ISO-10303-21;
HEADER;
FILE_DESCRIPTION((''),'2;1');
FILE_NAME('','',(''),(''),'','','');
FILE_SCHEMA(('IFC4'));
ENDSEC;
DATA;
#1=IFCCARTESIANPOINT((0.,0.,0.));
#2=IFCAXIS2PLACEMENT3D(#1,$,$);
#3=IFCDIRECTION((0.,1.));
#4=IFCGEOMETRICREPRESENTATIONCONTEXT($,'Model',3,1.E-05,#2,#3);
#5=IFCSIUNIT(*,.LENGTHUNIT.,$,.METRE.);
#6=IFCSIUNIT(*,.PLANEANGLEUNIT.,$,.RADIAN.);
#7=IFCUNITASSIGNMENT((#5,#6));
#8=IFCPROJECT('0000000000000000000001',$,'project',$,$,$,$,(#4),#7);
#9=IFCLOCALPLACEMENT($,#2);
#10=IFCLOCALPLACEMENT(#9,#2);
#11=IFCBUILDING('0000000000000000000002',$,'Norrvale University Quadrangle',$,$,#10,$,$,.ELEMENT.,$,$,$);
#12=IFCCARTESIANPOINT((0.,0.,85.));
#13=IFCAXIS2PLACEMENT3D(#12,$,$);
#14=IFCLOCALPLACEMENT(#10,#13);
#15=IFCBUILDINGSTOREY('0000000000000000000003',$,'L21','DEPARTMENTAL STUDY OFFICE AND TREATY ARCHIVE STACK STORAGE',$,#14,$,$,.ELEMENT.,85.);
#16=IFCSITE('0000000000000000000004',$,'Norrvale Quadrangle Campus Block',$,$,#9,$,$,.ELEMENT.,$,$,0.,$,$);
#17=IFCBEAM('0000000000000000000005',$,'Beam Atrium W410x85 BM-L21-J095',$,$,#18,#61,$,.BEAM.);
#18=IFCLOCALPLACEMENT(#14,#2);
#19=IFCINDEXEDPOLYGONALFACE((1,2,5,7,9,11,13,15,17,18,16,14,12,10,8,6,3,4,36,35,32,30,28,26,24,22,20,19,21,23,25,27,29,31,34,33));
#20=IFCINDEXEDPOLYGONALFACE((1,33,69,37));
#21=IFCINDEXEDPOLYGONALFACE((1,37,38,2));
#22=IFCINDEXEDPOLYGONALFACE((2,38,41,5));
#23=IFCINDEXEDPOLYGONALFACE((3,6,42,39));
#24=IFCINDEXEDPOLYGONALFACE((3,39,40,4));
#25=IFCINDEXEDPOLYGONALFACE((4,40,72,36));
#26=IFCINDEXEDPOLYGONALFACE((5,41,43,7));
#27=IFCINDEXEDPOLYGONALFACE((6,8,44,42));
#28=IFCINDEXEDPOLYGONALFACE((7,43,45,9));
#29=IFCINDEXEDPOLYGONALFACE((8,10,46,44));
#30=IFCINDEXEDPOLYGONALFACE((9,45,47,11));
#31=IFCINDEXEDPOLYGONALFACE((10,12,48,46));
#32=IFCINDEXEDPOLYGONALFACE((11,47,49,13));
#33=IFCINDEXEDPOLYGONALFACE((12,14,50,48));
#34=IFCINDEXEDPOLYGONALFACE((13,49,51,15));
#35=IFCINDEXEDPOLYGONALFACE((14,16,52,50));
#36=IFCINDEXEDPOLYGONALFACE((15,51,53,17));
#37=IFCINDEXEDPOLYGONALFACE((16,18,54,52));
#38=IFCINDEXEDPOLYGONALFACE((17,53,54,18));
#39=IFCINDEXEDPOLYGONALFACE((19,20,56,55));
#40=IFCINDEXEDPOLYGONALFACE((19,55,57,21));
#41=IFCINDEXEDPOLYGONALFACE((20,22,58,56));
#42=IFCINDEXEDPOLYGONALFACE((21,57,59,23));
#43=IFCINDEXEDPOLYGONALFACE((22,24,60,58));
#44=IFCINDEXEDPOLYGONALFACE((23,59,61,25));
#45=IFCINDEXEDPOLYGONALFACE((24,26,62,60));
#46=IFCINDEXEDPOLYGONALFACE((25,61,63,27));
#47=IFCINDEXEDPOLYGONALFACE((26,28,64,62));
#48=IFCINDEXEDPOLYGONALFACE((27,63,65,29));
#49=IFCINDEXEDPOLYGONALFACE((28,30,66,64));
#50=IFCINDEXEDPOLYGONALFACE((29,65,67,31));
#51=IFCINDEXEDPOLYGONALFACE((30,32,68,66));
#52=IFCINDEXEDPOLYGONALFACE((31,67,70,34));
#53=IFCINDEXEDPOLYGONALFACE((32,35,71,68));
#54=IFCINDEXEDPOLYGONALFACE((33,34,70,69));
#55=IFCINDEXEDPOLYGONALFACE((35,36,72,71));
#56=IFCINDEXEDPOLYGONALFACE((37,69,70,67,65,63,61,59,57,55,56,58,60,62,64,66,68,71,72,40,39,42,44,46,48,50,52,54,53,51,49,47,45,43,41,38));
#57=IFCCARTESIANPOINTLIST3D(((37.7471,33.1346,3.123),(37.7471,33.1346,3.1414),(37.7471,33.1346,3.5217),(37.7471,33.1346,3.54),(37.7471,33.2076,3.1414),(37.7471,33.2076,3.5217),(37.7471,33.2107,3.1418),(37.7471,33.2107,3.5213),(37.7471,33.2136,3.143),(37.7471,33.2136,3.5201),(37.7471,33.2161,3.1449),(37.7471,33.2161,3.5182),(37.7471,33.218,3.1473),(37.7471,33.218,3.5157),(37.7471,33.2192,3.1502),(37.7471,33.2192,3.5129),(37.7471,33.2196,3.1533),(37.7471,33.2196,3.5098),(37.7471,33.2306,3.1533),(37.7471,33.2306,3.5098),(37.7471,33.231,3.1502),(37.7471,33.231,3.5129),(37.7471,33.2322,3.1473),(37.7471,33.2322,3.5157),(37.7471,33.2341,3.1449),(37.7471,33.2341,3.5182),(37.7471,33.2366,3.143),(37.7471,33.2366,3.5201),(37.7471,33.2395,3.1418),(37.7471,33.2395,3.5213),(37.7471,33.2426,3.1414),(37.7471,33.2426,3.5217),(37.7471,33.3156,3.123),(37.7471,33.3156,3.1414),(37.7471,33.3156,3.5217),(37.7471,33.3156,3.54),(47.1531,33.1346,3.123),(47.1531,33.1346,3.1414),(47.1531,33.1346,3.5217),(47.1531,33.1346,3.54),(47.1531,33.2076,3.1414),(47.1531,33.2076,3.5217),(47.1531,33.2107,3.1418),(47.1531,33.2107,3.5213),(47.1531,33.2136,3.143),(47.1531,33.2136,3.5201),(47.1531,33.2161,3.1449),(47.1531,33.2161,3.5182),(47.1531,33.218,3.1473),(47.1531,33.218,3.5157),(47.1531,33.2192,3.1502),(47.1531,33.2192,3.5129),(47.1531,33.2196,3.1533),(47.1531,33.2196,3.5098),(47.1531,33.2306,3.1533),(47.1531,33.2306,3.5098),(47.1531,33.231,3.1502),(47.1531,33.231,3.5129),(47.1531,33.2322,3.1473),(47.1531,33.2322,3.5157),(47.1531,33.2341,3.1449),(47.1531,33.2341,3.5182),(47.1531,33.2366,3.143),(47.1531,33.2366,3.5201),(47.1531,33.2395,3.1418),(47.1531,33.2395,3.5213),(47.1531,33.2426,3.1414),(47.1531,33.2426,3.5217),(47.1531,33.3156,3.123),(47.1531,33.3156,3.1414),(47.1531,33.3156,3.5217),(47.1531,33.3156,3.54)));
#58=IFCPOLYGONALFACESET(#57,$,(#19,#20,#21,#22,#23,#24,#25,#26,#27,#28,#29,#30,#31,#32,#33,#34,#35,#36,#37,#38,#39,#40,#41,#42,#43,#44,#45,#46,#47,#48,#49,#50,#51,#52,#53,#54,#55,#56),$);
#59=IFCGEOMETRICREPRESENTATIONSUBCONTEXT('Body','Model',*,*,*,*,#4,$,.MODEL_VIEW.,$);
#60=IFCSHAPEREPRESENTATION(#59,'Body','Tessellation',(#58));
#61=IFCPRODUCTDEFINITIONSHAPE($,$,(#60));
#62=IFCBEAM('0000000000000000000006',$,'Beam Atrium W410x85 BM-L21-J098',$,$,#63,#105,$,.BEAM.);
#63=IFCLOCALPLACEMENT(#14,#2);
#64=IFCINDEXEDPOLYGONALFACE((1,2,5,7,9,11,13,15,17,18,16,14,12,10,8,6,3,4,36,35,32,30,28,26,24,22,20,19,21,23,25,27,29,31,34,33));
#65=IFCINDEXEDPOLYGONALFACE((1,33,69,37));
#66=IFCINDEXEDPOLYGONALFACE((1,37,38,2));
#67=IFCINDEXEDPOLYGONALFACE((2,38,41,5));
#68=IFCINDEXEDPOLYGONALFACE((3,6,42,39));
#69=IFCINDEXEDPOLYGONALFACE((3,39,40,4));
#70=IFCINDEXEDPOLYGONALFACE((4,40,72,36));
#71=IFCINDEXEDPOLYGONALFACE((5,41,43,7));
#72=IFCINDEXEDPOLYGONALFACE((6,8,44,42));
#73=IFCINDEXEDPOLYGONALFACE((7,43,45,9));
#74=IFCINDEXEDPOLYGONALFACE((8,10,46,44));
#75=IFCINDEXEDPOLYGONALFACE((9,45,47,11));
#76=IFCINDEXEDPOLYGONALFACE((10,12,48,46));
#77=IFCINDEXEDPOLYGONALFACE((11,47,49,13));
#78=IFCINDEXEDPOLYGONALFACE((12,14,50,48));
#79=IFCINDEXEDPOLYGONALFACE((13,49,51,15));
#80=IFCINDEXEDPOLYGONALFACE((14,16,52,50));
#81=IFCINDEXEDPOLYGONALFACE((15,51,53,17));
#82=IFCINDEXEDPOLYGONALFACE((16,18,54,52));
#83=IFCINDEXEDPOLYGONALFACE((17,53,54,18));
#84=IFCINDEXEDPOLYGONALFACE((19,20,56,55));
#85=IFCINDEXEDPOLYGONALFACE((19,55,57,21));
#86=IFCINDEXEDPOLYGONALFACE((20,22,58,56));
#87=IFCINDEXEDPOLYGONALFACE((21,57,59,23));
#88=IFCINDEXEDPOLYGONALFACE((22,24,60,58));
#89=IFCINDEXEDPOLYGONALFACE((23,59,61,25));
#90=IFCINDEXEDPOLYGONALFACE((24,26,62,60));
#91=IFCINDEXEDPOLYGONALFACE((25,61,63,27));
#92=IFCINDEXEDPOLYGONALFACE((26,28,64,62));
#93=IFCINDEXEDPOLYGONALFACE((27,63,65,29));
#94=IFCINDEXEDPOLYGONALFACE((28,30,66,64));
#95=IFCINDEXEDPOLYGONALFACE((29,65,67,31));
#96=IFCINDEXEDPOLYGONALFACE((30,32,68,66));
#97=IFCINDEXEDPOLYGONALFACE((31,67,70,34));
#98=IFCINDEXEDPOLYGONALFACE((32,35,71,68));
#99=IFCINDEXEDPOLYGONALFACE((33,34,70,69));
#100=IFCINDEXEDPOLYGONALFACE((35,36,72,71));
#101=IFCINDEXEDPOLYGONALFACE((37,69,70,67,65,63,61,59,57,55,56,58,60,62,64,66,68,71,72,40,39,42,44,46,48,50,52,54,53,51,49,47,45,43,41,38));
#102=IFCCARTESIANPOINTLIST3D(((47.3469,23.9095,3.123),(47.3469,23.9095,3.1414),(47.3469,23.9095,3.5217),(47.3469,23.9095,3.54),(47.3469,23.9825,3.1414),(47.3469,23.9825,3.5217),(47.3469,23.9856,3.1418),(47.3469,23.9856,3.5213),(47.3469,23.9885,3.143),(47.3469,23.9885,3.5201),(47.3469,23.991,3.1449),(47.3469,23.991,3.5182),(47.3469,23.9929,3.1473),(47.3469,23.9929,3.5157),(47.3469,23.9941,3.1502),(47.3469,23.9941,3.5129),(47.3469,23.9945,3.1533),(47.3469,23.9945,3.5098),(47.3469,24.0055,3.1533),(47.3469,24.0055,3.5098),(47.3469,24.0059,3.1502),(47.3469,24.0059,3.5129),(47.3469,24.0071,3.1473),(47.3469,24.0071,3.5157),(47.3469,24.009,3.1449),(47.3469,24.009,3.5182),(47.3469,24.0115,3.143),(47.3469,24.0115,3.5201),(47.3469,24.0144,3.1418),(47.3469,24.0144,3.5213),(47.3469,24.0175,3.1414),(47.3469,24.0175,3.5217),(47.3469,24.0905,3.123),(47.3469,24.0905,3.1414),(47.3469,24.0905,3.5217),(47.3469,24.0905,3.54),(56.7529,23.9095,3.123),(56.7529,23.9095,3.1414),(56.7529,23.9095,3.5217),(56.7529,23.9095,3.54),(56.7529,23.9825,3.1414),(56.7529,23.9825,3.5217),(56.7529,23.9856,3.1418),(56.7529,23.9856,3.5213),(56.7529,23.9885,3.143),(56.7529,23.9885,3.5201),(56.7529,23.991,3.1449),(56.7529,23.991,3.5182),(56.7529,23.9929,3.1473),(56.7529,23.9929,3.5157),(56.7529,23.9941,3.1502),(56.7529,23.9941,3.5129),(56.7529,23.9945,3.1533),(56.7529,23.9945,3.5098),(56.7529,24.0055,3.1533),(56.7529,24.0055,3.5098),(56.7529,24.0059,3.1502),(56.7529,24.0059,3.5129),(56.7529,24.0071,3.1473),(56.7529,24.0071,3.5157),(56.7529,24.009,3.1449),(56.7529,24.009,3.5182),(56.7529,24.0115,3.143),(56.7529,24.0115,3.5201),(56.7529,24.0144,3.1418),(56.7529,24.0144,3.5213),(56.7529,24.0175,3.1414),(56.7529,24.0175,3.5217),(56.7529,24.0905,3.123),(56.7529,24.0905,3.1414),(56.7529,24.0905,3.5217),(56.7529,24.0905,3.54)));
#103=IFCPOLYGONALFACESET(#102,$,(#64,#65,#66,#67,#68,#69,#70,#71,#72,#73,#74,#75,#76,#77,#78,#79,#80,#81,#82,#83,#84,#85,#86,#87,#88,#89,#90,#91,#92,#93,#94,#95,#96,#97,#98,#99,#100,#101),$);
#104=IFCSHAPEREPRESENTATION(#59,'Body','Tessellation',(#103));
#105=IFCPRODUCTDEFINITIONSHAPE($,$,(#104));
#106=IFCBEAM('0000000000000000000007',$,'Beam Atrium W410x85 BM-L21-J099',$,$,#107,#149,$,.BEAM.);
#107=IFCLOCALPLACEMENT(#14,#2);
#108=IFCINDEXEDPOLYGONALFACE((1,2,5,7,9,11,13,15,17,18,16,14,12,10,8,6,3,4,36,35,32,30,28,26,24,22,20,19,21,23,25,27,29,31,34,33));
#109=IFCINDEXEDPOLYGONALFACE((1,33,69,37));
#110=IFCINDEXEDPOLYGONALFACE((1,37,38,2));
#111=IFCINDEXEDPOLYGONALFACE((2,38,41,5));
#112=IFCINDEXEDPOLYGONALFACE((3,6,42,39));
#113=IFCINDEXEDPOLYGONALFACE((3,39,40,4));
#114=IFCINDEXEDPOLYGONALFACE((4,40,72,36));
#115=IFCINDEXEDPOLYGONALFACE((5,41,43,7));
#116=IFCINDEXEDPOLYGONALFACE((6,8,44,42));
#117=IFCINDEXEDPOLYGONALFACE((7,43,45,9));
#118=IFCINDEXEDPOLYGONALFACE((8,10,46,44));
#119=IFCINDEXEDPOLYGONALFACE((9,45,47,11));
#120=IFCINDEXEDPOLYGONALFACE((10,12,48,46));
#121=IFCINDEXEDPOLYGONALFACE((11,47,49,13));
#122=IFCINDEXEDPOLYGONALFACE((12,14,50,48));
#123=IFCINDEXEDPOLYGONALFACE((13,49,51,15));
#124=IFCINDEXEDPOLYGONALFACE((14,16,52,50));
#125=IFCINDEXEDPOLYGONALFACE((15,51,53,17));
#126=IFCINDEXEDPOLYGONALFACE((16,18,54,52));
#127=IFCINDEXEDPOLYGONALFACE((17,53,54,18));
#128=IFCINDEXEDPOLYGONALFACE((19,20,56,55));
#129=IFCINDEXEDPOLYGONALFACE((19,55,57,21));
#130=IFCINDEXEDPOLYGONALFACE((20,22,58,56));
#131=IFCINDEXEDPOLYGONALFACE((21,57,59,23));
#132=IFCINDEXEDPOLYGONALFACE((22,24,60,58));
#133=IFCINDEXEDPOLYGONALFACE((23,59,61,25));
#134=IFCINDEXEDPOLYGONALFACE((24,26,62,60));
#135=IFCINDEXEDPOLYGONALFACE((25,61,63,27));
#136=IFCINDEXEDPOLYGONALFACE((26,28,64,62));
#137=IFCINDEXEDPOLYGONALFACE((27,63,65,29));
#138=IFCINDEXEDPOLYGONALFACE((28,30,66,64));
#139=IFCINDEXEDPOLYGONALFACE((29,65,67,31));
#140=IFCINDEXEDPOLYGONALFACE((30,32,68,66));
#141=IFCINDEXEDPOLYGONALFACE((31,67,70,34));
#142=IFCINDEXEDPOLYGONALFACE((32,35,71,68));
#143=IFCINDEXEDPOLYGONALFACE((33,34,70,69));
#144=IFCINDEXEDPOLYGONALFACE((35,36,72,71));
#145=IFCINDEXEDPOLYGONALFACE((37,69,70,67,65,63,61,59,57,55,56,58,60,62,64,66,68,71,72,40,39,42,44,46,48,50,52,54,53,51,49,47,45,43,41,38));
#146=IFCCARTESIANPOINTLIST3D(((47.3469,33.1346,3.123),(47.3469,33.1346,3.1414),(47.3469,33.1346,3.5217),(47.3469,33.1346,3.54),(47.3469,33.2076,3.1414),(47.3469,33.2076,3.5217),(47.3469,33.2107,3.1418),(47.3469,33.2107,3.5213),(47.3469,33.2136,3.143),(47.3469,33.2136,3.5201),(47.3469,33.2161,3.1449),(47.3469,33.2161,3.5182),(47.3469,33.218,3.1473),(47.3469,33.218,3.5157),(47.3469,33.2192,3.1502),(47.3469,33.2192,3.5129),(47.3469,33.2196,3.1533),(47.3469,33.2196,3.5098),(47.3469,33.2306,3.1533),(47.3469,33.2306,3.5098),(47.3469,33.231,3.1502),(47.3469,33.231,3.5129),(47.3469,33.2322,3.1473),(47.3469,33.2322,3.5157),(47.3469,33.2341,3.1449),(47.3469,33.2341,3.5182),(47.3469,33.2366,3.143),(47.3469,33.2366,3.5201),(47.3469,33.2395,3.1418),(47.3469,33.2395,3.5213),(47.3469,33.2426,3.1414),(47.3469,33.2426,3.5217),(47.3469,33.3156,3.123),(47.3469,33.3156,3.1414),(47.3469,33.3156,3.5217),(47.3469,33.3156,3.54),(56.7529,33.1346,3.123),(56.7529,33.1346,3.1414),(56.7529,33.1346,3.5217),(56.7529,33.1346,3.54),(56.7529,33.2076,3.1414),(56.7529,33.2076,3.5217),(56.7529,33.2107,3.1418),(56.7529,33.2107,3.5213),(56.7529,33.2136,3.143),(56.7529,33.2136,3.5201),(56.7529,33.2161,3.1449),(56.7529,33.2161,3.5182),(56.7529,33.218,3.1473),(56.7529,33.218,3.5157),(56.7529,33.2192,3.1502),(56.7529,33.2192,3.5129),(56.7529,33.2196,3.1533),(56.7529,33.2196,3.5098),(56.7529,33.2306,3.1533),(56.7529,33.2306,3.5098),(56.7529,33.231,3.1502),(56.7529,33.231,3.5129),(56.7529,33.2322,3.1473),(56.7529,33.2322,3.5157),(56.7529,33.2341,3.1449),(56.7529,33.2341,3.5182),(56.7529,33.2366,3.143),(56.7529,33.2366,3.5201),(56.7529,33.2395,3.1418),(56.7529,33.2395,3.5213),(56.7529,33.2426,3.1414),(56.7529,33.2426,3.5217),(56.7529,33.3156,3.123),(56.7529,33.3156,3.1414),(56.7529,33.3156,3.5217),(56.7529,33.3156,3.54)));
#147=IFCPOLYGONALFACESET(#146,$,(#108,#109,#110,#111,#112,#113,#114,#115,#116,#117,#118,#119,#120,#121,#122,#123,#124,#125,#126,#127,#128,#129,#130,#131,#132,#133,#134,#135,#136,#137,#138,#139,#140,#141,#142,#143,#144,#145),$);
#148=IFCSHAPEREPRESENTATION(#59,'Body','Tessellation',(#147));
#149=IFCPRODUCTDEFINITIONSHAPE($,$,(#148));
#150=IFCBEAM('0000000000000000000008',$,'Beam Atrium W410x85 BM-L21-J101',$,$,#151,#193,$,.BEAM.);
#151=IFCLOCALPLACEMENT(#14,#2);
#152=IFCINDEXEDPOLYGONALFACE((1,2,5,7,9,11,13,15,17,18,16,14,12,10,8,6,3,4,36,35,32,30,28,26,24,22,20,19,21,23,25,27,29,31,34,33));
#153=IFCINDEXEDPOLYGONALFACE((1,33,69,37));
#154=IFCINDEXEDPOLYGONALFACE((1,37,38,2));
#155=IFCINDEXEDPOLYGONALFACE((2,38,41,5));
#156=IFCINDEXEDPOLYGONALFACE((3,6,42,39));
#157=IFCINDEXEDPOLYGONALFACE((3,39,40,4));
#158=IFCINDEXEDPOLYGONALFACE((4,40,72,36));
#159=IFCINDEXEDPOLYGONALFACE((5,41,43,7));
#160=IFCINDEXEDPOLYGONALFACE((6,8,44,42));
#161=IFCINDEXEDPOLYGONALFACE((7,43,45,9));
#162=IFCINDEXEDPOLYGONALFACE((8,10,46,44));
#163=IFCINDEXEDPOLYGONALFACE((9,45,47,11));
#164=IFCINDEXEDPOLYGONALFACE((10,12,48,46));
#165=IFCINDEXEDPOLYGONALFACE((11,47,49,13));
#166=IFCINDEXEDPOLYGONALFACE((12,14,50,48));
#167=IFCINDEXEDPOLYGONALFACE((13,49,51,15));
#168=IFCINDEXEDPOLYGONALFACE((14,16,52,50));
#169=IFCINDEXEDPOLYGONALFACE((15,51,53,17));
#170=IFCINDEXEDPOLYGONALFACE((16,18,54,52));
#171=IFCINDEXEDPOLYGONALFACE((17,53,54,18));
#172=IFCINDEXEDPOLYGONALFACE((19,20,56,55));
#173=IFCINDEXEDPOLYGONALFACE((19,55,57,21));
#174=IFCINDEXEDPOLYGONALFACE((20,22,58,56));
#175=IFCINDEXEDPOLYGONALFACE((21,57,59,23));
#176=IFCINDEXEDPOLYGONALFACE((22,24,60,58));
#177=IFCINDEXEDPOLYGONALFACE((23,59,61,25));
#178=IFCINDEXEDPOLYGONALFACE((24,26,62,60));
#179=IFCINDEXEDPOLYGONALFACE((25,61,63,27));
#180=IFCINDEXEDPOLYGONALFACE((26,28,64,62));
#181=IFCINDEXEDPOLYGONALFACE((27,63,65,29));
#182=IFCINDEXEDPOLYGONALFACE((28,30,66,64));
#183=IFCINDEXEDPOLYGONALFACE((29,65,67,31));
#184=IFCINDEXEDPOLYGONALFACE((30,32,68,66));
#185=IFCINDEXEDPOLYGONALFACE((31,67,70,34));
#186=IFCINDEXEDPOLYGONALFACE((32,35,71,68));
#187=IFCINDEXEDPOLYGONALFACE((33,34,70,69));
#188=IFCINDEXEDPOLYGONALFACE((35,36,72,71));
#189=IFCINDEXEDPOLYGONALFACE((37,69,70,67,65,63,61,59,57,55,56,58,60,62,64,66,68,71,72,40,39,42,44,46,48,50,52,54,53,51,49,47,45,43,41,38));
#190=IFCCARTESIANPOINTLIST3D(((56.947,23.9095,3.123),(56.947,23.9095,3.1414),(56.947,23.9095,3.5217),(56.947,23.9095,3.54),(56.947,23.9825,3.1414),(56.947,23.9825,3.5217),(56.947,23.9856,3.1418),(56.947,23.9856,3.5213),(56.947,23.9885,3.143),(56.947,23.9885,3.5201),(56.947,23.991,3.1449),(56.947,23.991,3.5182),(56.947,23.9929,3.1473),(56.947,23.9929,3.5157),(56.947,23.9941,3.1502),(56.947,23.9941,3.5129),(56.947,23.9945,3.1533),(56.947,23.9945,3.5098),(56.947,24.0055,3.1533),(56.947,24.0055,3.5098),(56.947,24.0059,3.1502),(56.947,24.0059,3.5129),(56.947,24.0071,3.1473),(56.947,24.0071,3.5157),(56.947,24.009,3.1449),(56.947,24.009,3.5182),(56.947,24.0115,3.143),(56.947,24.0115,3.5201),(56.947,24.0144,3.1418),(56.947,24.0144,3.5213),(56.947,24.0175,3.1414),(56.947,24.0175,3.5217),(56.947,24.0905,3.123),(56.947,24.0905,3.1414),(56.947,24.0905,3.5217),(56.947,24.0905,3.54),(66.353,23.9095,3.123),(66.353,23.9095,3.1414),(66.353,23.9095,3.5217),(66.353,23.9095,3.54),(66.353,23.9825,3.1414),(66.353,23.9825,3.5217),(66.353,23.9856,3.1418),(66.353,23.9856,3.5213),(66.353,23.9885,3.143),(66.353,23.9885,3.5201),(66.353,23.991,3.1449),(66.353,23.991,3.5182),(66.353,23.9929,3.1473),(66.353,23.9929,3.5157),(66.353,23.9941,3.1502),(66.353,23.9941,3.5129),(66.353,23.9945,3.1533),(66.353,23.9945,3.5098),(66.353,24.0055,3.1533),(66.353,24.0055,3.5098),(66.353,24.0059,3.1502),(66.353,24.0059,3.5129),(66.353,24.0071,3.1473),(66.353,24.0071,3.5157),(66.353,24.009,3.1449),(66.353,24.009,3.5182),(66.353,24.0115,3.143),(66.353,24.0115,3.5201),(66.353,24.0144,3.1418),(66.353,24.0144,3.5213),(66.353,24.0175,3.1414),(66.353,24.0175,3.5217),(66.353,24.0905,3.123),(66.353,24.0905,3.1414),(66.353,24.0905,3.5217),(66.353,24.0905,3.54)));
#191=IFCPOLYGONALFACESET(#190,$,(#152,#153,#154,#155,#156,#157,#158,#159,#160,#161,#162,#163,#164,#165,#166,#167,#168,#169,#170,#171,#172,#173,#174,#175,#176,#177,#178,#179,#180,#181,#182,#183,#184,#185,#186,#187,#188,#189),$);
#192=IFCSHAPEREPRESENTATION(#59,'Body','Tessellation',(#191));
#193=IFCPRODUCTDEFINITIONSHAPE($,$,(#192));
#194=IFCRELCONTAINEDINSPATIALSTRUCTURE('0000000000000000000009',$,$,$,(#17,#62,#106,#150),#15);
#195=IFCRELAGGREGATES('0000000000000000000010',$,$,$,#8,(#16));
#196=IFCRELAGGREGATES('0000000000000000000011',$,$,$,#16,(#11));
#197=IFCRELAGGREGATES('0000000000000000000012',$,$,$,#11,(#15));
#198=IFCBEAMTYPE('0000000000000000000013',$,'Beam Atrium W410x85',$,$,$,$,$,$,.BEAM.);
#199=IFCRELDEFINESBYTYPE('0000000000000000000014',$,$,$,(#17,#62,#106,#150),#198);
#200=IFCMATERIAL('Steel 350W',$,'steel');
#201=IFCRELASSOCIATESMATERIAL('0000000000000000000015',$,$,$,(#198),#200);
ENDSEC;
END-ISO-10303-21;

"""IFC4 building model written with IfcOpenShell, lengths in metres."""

from ifc_helpers import new_model, si_unit, direction, frame, origin, origin_2d, place, context, subcontext, project, spatial, i_section, extrude, material, material_profile, profile_set, type_object, element, save


model = new_model("IFC4")

# Units and contexts
model_context = context("Model", 3, precision=1e-05, world=origin(), true_north=direction((0.0, 1.0)))
body_context = subcontext(model_context, "Body", "Model", "MODEL_VIEW")
ifc_project = project(units=[si_unit("LENGTHUNIT", "METRE"), si_unit("PLANEANGLEUNIT", "RADIAN")], contexts=[model_context])

# Site, building, storey
site_placement = place(None, origin())
site = spatial("IfcSite", under=ifc_project, at=site_placement, Name="Norrvale Quadrangle Campus Block", CompositionType="ELEMENT", RefElevation=0.0)
building_placement = place(site_placement, origin())
building = spatial("IfcBuilding", under=site, at=building_placement, Name="Norrvale University Quadrangle", CompositionType="ELEMENT")
storey_placement = place(building_placement, frame((0.0, 0.0, 85.0)))
storey = spatial("IfcBuildingStorey", under=building, at=storey_placement, Name="L21", Description="DEPARTMENTAL STUDY OFFICE AND TREATY ARCHIVE STACK STORAGE", CompositionType="ELEMENT", Elevation=85.0)

# Beams
ifc_material_1 = material(Name="Steel 350W", Category="steel")
ifc_material_profile_1 = material_profile(ifc_material_1, i_section(OverallWidth=0.1809, OverallDepth=0.417, WebThickness=0.011, FlangeThickness=0.0183, FilletRadius=0.012, at=origin_2d()), Name="Steel 350W")
ifc_profile_set_1 = profile_set([ifc_material_profile_1], Name="Steel 350W")
beam_type_1 = type_object("IfcBeamType", Name="Beam Atrium W410x85", PredefinedType="BEAM", material=ifc_profile_set_1)
for number, where, z_axis, x_axis, name in (
    (1, (37.7471, 33.2251, 3.3315), (1.0, 0.0, 0.0), (0.0, 1.0, 0.0), "Beam Atrium W410x85 BM-L21-J095"),
    (2, (47.3469, 24.0, 3.3315), (1.0, 0.0, 0.0), (0.0, 1.0, 0.0), "Beam Atrium W410x85 BM-L21-J098"),
    (3, (47.3469, 33.2251, 3.3315), (1.0, 0.0, 0.0), (0.0, 1.0, 0.0), "Beam Atrium W410x85 BM-L21-J099"),
    (4, (56.947, 24.0, 3.3315), (1.0, 0.0, 0.0), (0.0, 1.0, 0.0), "Beam Atrium W410x85 BM-L21-J101"),
):
    element("IfcBeam", number, at=place(storey_placement, frame(where, z_axis=z_axis, x_axis=x_axis)), inside=storey, type_object=beam_type_1, Name=name, PredefinedType="BEAM", context=body_context, shape_type="SweptSolid", body=[
        extrude(i_section(OverallWidth=0.1809, OverallDepth=0.417, WebThickness=0.011, FlangeThickness=0.0183, FilletRadius=0.012, at=origin_2d()), origin(), (0.0, 0.0, 1.0), 9.406),
    ])

save(model, "model.ifc")
